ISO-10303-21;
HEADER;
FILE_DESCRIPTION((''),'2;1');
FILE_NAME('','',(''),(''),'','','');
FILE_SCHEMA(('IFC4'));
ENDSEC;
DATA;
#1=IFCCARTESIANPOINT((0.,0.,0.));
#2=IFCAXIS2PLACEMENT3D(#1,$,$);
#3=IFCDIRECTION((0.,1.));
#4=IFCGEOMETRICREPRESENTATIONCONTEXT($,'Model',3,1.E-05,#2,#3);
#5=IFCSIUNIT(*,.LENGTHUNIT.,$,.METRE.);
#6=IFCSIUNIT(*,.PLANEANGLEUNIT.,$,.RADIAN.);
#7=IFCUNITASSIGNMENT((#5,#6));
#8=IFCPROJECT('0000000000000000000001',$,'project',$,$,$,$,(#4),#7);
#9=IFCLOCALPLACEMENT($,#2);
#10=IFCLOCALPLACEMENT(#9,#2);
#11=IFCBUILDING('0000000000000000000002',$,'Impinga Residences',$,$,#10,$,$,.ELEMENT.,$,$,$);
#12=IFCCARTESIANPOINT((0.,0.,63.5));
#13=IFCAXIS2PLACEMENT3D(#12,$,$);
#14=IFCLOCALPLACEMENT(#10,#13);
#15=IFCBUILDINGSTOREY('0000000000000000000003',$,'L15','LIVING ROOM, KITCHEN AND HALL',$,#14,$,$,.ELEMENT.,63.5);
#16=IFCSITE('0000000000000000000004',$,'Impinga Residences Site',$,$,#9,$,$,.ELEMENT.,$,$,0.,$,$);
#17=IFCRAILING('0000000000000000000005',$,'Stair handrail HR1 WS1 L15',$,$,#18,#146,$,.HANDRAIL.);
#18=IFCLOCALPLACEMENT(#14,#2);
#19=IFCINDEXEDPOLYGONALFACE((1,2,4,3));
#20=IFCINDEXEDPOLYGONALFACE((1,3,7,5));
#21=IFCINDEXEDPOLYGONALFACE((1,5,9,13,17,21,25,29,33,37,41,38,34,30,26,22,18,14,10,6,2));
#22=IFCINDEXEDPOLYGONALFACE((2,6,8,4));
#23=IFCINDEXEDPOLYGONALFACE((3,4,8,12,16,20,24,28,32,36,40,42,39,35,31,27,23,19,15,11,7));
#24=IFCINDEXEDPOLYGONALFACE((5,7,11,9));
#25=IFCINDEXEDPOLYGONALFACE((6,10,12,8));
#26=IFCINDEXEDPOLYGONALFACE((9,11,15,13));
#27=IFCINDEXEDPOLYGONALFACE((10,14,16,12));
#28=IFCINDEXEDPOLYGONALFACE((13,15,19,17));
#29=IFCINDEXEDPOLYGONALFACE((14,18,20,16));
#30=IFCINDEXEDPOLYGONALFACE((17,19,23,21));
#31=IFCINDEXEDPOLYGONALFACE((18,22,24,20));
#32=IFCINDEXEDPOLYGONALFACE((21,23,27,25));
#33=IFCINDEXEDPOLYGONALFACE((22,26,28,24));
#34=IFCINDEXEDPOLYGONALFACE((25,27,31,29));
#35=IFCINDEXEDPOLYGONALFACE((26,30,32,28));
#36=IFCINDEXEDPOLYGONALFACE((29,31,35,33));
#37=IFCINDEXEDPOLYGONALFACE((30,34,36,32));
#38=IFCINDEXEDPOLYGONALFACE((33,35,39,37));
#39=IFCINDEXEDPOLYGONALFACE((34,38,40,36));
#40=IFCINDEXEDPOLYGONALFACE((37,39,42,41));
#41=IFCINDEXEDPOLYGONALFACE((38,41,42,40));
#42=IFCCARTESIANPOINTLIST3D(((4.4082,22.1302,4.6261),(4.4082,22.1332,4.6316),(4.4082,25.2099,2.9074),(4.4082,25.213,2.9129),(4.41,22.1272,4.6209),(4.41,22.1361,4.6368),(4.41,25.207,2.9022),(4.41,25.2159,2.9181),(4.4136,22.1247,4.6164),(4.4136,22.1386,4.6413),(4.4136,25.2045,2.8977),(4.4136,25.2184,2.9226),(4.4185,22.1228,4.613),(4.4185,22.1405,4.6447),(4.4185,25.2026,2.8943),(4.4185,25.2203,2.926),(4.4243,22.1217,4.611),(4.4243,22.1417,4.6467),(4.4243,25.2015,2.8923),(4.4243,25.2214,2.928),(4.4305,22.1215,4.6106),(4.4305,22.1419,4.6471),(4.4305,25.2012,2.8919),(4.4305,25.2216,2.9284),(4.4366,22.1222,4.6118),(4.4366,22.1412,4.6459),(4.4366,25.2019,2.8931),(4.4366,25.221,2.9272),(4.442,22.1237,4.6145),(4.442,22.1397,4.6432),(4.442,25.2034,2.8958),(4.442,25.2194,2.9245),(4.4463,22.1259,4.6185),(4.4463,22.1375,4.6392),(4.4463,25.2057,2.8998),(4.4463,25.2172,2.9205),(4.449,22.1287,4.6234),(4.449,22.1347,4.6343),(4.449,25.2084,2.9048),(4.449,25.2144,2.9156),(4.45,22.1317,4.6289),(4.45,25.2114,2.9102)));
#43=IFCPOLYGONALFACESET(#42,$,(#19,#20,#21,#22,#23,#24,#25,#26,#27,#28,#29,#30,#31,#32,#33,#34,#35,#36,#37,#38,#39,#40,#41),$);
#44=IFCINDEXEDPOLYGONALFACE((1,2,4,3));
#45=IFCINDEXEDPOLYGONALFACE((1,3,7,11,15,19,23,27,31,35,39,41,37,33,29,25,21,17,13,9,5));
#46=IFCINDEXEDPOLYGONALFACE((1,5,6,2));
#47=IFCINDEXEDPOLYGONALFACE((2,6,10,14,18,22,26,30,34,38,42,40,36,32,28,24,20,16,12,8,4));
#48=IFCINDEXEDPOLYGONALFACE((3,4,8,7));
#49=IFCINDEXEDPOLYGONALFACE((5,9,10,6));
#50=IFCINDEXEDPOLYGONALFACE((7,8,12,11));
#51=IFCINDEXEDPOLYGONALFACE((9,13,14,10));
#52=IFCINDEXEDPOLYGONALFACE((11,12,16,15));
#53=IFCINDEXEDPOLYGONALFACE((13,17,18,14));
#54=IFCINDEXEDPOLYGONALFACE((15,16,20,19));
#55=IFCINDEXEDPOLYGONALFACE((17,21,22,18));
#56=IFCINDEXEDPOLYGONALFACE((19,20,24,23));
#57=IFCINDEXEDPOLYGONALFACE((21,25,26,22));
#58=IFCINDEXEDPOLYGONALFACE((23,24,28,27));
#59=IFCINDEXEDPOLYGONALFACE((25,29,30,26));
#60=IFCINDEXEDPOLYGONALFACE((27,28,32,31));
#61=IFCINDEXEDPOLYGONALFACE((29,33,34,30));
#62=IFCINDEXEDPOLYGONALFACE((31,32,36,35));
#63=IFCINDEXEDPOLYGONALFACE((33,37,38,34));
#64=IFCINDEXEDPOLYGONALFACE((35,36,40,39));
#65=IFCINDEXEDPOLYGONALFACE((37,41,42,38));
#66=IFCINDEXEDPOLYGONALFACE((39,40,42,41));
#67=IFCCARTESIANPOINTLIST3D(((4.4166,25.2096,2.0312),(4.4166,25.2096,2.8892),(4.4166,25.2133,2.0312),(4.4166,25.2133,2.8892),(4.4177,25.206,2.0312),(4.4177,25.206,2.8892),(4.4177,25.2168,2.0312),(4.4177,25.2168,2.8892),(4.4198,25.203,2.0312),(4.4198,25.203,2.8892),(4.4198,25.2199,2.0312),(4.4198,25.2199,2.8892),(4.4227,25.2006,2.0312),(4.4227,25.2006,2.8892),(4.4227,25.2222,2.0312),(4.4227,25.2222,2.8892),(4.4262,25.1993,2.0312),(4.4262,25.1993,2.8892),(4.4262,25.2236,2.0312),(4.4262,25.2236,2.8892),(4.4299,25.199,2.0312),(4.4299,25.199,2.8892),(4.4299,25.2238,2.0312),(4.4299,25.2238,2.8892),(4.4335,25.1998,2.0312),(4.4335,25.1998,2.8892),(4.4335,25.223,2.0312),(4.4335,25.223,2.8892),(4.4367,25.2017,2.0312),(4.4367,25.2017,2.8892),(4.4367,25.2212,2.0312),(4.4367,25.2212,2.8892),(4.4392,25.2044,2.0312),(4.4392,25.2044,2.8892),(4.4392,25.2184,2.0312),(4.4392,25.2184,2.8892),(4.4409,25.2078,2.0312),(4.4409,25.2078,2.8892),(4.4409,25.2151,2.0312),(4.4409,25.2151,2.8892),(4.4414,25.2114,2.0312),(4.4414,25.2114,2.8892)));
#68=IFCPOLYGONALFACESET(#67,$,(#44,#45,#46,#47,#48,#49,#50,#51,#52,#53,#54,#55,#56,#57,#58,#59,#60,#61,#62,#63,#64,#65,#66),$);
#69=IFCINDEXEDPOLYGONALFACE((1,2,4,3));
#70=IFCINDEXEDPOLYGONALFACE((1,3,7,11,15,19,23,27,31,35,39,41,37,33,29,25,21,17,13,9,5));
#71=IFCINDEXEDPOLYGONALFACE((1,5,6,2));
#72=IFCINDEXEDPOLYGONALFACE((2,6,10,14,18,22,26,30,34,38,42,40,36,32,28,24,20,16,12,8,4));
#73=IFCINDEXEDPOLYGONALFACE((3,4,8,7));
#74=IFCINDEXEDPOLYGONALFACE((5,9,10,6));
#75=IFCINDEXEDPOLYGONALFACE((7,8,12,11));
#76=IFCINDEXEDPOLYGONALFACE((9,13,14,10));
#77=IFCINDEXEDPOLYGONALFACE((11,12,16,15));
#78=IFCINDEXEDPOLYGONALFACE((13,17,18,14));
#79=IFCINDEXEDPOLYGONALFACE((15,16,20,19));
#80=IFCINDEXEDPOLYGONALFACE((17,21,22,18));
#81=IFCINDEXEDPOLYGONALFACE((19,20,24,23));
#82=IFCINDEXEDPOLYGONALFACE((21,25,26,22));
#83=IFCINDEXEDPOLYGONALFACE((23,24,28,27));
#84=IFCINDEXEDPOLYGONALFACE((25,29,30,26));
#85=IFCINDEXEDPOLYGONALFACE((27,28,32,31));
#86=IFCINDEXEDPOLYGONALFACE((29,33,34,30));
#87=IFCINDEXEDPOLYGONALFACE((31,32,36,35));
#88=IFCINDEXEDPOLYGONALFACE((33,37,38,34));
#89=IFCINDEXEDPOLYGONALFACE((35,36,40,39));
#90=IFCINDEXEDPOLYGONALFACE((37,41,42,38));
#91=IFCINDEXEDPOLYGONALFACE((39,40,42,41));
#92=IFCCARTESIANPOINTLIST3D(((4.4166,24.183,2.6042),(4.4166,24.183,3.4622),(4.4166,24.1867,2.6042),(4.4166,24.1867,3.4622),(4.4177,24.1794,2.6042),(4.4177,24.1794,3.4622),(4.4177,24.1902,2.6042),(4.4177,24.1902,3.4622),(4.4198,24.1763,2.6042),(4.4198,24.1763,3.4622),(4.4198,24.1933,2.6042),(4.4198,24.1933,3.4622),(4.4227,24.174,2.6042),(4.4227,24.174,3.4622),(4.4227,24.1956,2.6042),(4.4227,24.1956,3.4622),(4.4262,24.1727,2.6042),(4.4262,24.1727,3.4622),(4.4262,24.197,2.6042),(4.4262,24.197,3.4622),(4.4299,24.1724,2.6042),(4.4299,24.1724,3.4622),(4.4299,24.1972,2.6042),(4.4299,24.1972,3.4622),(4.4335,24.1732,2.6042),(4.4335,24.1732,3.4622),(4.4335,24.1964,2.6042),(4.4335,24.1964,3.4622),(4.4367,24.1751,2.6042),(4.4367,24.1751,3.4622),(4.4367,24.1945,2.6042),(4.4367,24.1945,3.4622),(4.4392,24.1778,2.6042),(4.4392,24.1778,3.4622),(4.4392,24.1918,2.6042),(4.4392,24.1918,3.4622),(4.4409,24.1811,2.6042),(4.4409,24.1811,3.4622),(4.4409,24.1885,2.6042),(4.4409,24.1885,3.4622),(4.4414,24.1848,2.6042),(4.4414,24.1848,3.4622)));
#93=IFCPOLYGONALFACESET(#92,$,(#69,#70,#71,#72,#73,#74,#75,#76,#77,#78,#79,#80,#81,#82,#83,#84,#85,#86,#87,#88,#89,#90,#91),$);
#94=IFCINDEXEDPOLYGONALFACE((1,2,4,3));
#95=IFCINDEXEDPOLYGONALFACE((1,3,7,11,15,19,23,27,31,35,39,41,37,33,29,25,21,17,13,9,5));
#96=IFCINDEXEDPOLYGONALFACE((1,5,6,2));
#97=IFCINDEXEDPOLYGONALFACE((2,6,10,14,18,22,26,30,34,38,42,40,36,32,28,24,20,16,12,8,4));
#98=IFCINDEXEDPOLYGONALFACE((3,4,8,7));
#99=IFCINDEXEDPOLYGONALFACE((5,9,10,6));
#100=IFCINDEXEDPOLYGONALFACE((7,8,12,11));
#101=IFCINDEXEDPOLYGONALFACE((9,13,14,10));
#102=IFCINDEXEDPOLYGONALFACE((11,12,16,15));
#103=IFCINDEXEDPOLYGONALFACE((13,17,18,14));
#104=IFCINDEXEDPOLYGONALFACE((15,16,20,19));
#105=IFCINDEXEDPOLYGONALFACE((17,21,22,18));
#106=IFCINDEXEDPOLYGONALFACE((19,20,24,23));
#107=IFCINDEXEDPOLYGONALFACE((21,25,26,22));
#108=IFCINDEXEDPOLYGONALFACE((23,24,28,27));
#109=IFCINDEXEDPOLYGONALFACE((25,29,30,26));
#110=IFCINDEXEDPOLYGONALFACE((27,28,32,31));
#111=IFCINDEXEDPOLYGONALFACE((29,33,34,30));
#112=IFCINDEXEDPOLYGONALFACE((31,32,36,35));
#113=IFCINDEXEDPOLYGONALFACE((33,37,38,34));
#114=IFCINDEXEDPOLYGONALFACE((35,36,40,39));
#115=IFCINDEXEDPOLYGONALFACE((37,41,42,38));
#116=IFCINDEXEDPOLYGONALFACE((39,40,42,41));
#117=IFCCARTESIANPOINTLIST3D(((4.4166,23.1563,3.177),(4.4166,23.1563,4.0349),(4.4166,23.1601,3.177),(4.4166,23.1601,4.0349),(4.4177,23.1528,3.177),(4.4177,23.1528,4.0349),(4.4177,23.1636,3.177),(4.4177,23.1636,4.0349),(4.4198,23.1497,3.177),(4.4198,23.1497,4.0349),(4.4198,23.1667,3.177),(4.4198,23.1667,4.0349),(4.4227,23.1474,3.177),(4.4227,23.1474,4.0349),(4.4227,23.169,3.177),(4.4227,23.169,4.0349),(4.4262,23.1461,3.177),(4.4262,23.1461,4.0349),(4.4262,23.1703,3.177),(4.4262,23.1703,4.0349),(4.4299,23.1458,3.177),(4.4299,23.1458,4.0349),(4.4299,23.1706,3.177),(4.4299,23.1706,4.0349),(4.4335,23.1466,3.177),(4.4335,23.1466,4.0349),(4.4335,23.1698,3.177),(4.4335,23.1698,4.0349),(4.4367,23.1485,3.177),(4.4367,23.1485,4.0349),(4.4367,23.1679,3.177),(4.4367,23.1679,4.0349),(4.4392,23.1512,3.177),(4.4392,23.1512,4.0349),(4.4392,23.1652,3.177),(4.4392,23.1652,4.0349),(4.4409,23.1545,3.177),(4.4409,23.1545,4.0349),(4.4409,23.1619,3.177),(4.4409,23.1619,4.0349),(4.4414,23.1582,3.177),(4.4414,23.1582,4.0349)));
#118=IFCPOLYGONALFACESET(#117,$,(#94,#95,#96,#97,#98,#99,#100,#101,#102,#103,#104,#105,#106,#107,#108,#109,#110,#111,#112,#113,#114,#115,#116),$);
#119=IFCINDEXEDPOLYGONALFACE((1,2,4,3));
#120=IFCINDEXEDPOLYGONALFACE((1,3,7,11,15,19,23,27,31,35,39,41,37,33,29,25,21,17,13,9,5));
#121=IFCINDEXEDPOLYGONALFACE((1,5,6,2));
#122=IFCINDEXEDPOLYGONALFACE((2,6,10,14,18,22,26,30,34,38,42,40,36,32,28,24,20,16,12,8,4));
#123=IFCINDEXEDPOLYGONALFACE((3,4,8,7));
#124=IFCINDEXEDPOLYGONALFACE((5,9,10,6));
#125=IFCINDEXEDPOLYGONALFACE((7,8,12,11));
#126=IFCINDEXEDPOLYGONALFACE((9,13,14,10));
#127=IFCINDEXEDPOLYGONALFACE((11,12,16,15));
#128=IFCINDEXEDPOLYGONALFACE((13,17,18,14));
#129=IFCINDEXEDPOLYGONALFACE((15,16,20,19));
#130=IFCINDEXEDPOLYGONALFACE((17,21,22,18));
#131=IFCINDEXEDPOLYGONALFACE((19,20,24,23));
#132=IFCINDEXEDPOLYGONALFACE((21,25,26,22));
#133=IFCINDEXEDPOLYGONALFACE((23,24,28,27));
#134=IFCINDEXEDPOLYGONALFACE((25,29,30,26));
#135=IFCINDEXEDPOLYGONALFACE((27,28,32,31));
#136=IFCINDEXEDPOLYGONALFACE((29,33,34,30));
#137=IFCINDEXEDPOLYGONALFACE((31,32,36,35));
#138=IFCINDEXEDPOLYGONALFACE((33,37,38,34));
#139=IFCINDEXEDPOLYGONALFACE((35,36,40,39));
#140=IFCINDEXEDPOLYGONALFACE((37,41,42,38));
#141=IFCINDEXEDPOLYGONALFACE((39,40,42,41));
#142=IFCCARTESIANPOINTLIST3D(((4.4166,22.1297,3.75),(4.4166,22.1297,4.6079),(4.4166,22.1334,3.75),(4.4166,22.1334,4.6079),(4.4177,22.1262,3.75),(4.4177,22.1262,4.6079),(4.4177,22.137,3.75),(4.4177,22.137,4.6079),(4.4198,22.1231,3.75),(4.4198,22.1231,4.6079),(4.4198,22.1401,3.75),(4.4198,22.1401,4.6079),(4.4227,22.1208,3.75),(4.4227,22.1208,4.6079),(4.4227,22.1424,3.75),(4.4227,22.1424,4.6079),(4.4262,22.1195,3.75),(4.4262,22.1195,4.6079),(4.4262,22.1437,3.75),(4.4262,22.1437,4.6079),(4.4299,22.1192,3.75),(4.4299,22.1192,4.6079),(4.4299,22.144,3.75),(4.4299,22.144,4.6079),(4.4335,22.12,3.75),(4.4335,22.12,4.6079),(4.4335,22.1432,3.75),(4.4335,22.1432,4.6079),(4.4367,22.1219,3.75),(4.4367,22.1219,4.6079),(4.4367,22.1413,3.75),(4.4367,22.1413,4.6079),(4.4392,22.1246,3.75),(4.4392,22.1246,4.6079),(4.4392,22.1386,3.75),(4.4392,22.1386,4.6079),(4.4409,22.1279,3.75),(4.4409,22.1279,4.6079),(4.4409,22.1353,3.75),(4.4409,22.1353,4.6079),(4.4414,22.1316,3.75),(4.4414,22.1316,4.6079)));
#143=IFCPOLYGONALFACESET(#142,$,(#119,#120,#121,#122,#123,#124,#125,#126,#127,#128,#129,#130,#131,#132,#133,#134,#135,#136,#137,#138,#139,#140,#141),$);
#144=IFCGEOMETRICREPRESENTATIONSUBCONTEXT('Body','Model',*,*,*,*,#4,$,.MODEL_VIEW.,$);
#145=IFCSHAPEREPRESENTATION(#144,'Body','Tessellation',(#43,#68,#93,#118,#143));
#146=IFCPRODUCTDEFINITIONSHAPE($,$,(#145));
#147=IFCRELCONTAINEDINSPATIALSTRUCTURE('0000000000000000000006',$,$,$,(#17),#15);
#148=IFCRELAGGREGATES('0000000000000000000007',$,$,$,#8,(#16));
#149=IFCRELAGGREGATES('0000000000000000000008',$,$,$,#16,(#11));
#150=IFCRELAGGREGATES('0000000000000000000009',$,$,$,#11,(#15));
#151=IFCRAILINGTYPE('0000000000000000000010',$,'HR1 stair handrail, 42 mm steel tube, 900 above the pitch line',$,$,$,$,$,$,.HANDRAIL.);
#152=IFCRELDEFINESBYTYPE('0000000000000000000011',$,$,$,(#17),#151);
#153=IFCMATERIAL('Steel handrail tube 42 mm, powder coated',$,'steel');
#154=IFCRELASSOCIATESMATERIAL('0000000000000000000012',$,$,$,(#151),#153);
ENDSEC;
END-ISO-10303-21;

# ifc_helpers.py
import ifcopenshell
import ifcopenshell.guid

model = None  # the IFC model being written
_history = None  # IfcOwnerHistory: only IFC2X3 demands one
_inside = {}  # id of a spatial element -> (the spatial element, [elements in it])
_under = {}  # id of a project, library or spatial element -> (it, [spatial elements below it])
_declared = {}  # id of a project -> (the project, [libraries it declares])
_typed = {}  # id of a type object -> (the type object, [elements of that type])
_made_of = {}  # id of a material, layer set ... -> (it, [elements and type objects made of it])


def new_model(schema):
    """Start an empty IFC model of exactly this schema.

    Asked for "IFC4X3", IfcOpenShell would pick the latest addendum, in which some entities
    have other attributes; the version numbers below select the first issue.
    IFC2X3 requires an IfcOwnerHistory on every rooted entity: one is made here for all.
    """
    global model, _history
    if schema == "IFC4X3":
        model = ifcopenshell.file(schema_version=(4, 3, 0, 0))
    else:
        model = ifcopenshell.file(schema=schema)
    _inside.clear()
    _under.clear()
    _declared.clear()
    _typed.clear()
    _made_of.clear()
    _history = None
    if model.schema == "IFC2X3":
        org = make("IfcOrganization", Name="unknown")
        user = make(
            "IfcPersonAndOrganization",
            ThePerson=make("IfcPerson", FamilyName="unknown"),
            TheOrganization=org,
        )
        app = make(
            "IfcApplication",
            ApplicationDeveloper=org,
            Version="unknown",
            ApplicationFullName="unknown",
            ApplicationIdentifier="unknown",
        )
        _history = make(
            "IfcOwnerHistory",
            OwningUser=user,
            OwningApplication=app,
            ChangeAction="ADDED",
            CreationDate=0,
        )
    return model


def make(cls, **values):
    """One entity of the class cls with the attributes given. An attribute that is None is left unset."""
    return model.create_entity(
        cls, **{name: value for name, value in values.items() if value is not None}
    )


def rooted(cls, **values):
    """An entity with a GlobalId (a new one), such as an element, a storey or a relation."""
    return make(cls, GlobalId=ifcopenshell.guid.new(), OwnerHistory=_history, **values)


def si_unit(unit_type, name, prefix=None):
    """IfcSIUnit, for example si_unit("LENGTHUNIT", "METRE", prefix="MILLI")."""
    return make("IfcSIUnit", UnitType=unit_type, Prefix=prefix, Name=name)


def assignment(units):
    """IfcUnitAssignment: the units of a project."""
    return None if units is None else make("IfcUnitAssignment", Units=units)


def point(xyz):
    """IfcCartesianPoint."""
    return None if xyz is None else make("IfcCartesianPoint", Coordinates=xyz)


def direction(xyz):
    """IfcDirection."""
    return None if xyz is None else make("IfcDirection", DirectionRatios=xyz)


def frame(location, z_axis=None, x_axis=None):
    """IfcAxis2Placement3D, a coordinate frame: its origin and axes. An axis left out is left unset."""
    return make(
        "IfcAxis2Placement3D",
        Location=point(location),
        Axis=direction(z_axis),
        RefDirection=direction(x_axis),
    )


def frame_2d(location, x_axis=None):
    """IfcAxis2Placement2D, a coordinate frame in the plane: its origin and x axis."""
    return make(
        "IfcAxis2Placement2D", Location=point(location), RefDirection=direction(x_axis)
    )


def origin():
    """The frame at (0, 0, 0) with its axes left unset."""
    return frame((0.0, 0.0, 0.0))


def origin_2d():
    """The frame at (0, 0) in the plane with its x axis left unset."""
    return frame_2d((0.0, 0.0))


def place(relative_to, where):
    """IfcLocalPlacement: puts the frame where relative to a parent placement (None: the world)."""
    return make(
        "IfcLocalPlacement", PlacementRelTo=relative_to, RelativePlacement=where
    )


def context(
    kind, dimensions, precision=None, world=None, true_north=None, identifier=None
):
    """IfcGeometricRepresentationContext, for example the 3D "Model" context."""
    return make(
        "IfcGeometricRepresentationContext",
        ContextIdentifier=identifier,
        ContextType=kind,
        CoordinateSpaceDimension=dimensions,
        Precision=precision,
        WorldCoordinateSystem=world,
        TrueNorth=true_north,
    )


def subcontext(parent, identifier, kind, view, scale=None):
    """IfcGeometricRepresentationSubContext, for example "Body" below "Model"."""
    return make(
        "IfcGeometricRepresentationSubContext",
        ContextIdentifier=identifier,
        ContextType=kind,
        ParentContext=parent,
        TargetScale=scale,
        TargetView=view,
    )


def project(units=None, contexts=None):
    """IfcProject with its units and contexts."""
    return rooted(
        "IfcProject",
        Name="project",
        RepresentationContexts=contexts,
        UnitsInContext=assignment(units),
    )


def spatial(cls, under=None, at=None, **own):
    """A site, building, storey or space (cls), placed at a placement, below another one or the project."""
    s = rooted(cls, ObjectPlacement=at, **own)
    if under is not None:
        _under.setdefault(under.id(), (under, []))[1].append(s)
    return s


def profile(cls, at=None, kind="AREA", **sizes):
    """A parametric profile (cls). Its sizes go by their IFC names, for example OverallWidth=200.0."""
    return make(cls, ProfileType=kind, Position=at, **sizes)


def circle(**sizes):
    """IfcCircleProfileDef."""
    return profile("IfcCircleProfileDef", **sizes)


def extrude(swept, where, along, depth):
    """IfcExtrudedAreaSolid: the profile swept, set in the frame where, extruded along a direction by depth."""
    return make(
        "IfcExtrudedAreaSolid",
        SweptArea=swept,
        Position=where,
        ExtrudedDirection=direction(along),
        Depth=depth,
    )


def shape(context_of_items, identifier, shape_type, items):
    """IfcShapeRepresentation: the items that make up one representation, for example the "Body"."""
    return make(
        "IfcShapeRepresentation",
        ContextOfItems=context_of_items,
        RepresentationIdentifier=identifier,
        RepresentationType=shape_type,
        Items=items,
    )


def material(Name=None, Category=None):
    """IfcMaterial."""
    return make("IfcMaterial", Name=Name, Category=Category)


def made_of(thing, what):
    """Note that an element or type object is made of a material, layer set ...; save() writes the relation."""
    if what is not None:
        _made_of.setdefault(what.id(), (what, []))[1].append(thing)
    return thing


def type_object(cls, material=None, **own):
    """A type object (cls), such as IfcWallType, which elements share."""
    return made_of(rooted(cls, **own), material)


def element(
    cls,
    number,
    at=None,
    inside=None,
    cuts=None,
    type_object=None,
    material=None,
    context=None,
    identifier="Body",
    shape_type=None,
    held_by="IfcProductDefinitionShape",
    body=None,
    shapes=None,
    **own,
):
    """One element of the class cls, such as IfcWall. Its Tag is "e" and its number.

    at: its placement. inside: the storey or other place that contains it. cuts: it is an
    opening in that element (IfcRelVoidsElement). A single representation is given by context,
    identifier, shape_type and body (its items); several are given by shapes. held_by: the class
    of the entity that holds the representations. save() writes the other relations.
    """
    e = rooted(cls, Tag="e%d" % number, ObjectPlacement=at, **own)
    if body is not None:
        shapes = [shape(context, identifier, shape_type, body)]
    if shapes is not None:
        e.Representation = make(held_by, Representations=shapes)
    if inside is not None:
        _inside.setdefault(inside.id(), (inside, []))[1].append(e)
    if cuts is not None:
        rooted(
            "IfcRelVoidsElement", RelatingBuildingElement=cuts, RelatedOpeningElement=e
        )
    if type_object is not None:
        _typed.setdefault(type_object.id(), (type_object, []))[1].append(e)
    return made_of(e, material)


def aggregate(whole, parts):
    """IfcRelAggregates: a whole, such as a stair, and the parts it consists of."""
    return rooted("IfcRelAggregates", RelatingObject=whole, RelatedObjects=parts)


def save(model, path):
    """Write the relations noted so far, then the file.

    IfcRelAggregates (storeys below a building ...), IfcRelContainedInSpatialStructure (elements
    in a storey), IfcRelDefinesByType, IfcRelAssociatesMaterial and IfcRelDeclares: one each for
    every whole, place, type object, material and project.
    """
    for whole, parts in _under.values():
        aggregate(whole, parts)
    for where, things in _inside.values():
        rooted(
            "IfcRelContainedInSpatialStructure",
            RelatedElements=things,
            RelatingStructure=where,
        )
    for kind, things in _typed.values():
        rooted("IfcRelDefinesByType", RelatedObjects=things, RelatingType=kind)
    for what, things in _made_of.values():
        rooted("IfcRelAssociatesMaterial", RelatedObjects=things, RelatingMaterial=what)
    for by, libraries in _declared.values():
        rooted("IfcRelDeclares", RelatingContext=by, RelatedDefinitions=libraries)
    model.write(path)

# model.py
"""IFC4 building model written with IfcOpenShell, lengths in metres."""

from ifc_helpers import new_model, si_unit, direction, frame, origin, origin_2d, place, context, subcontext, project, spatial, circle, extrude, material, type_object, element, save


model = new_model("IFC4")

# Units and contexts
model_context = context("Model", 3, precision=1e-05, world=origin(), true_north=direction((0.0, 1.0)))
body_context = subcontext(model_context, "Body", "Model", "MODEL_VIEW")
ifc_project = project(units=[si_unit("LENGTHUNIT", "METRE"), si_unit("PLANEANGLEUNIT", "RADIAN")], contexts=[model_context])

# Site, building, storey
site_placement = place(None, origin())
site = spatial("IfcSite", under=ifc_project, at=site_placement, Name="Impinga Residences Site", CompositionType="ELEMENT", RefElevation=0.0)
building_placement = place(site_placement, origin())
building = spatial("IfcBuilding", under=site, at=building_placement, Name="Impinga Residences", CompositionType="ELEMENT")
storey_placement = place(building_placement, frame((0.0, 0.0, 63.5)))
storey = spatial("IfcBuildingStorey", under=building, at=storey_placement, Name="L15", Description="LIVING ROOM, KITCHEN AND HALL", CompositionType="ELEMENT", Elevation=63.5)

# Railing
ifc_material_1 = material(Name="Steel handrail tube 42 mm, powder coated", Category="steel")
railing_type_1 = type_object("IfcRailingType", Name="HR1 stair handrail, 42 mm steel tube, 900 above the pitch line", PredefinedType="HANDRAIL", material=ifc_material_1)
railing_1_placement = place(storey_placement, frame((4.429, 25.2114, 2.0312)))
element("IfcRailing", 1, at=railing_1_placement, inside=storey, type_object=railing_type_1, Name="Stair handrail HR1 WS1 L15", PredefinedType="HANDRAIL", context=body_context, shape_type="SweptSolid", body=[
    extrude(circle(Radius=0.021, at=origin_2d()), frame((0.0, 0.0, 0.8789), z_axis=(0.0, -0.873225, 0.487317), x_axis=(1.0, 0.0, 0.0)), (0.0, 0.0, 1.0), 3.5269),
    extrude(circle(Radius=0.0125, at=origin_2d()), origin(), (0.0, 0.0, 1.0), 0.8579),
    extrude(circle(Radius=0.0125, at=origin_2d()), frame((0.0, -1.0266, 0.573)), (0.0, 0.0, 1.0), 0.8579),
    extrude(circle(Radius=0.0125, at=origin_2d()), frame((0.0, -2.0532, 1.1458)), (0.0, 0.0, 1.0), 0.8579),
    extrude(circle(Radius=0.0125, at=origin_2d()), frame((0.0, -3.0798, 1.7188)), (0.0, 0.0, 1.0), 0.8579),
])

save(model, "model.ifc")
